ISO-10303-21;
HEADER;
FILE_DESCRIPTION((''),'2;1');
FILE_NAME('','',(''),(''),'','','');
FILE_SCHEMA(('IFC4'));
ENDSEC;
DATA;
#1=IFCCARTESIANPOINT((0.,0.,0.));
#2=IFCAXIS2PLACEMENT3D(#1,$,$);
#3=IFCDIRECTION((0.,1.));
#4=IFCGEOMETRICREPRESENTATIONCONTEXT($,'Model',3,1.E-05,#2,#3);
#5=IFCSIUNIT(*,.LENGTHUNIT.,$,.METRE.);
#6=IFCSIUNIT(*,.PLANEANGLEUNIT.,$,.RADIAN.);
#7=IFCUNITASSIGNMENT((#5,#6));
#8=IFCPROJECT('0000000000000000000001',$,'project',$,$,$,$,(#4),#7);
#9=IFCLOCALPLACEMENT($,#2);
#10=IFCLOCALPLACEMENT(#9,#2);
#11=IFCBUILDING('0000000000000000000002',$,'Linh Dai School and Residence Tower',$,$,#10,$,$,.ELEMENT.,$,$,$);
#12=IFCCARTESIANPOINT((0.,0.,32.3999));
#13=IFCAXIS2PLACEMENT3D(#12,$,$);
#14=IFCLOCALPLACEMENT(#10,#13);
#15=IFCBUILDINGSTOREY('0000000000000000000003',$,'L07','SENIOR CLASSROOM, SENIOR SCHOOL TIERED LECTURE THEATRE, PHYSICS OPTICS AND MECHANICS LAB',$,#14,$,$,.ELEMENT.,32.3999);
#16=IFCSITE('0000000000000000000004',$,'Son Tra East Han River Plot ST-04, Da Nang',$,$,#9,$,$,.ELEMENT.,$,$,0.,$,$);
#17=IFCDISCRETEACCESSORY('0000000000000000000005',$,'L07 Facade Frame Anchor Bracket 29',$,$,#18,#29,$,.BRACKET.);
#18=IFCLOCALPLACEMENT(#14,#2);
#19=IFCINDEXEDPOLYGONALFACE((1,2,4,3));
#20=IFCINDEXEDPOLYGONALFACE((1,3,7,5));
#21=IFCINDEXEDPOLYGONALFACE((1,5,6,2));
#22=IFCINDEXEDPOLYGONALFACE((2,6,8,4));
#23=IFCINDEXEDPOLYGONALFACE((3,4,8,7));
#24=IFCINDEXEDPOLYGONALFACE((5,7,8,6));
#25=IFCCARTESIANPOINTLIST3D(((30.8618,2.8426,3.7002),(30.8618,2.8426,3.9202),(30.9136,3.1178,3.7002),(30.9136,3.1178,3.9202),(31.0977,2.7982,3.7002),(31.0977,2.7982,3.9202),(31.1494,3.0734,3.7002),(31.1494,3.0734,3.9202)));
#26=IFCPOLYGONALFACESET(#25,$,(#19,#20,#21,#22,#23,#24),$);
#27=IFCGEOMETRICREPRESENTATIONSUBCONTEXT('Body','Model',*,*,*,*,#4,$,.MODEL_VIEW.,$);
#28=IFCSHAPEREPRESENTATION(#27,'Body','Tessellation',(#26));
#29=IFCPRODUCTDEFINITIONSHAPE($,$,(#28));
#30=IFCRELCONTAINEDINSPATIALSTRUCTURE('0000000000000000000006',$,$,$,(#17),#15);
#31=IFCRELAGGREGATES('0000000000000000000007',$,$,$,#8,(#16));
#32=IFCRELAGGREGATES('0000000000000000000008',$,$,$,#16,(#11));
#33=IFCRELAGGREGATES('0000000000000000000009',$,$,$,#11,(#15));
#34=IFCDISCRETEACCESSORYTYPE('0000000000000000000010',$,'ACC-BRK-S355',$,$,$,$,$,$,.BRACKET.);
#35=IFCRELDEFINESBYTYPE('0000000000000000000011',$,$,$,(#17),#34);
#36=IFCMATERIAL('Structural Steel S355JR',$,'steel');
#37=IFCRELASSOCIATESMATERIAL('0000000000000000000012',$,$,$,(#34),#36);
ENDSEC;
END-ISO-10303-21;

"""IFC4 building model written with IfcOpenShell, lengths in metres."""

from ifc_helpers import new_model, si_unit, direction, frame, origin, origin_2d, place, context, subcontext, project, spatial, rectangle, extrude, source, transform, mapped, material, type_object, element, save


model = new_model("IFC4")

# Units and contexts
model_context = context("Model", 3, precision=1e-05, world=origin(), true_north=direction((0.0, 1.0)))
body_context = subcontext(model_context, "Body", "Model", "MODEL_VIEW")
ifc_project = project(units=[si_unit("LENGTHUNIT", "METRE"), si_unit("PLANEANGLEUNIT", "RADIAN")], contexts=[model_context])

# Site, building, storey
site_placement = place(None, origin())
site = spatial("IfcSite", under=ifc_project, at=site_placement, Name="Son Tra East Han River Plot ST-04, Da Nang", CompositionType="ELEMENT", RefElevation=0.0)
building_placement = place(site_placement, origin())
building = spatial("IfcBuilding", under=site, at=building_placement, Name="Linh Dai School and Residence Tower", CompositionType="ELEMENT")
storey_placement = place(building_placement, frame((0.0, 0.0, 32.3999)))
storey = spatial("IfcBuildingStorey", under=building, at=storey_placement, Name="L07", Description="SENIOR CLASSROOM, SENIOR SCHOOL TIERED LECTURE THEATRE, PHYSICS OPTICS AND MECHANICS LAB", CompositionType="ELEMENT", Elevation=32.3999)

# Shared definitions
ifc_material_1 = material(Name="Structural Steel S355JR", Category="steel")

# Discrete accessory
discrete_accessory_type = type_object("IfcDiscreteAccessoryType", Name="ACC-BRK-S355", PredefinedType="BRACKET", material=ifc_material_1)
shared_shape_1 = source(origin(), body_context, "Body", "SweptSolid", [
    extrude(rectangle(XDim=0.28, YDim=0.24, at=origin_2d()), origin(), (0.0, 0.0, 1.0), 0.22),
])
discrete_accessory_placement = place(storey_placement, frame((31.0056, 2.958, 3.7002), z_axis=(0.0, 0.0, 1.0), x_axis=(-0.184748, -0.982786, 0.0)))
element("IfcDiscreteAccessory", 1, at=discrete_accessory_placement, inside=storey, type_object=discrete_accessory_type, Name="L07 Facade Frame Anchor Bracket 29", PredefinedType="BRACKET", context=body_context, shape_type="MappedRepresentation", body=[
    mapped(shared_shape_1, transform((0.0, 0.0, 0.0), x_axis=(1.0, 0.0, 0.0), y_axis=(0.0, 1.0, 0.0), z_axis=(0.0, 0.0, 1.0), scale=1.0)),
])

save(model, "model.ifc")
